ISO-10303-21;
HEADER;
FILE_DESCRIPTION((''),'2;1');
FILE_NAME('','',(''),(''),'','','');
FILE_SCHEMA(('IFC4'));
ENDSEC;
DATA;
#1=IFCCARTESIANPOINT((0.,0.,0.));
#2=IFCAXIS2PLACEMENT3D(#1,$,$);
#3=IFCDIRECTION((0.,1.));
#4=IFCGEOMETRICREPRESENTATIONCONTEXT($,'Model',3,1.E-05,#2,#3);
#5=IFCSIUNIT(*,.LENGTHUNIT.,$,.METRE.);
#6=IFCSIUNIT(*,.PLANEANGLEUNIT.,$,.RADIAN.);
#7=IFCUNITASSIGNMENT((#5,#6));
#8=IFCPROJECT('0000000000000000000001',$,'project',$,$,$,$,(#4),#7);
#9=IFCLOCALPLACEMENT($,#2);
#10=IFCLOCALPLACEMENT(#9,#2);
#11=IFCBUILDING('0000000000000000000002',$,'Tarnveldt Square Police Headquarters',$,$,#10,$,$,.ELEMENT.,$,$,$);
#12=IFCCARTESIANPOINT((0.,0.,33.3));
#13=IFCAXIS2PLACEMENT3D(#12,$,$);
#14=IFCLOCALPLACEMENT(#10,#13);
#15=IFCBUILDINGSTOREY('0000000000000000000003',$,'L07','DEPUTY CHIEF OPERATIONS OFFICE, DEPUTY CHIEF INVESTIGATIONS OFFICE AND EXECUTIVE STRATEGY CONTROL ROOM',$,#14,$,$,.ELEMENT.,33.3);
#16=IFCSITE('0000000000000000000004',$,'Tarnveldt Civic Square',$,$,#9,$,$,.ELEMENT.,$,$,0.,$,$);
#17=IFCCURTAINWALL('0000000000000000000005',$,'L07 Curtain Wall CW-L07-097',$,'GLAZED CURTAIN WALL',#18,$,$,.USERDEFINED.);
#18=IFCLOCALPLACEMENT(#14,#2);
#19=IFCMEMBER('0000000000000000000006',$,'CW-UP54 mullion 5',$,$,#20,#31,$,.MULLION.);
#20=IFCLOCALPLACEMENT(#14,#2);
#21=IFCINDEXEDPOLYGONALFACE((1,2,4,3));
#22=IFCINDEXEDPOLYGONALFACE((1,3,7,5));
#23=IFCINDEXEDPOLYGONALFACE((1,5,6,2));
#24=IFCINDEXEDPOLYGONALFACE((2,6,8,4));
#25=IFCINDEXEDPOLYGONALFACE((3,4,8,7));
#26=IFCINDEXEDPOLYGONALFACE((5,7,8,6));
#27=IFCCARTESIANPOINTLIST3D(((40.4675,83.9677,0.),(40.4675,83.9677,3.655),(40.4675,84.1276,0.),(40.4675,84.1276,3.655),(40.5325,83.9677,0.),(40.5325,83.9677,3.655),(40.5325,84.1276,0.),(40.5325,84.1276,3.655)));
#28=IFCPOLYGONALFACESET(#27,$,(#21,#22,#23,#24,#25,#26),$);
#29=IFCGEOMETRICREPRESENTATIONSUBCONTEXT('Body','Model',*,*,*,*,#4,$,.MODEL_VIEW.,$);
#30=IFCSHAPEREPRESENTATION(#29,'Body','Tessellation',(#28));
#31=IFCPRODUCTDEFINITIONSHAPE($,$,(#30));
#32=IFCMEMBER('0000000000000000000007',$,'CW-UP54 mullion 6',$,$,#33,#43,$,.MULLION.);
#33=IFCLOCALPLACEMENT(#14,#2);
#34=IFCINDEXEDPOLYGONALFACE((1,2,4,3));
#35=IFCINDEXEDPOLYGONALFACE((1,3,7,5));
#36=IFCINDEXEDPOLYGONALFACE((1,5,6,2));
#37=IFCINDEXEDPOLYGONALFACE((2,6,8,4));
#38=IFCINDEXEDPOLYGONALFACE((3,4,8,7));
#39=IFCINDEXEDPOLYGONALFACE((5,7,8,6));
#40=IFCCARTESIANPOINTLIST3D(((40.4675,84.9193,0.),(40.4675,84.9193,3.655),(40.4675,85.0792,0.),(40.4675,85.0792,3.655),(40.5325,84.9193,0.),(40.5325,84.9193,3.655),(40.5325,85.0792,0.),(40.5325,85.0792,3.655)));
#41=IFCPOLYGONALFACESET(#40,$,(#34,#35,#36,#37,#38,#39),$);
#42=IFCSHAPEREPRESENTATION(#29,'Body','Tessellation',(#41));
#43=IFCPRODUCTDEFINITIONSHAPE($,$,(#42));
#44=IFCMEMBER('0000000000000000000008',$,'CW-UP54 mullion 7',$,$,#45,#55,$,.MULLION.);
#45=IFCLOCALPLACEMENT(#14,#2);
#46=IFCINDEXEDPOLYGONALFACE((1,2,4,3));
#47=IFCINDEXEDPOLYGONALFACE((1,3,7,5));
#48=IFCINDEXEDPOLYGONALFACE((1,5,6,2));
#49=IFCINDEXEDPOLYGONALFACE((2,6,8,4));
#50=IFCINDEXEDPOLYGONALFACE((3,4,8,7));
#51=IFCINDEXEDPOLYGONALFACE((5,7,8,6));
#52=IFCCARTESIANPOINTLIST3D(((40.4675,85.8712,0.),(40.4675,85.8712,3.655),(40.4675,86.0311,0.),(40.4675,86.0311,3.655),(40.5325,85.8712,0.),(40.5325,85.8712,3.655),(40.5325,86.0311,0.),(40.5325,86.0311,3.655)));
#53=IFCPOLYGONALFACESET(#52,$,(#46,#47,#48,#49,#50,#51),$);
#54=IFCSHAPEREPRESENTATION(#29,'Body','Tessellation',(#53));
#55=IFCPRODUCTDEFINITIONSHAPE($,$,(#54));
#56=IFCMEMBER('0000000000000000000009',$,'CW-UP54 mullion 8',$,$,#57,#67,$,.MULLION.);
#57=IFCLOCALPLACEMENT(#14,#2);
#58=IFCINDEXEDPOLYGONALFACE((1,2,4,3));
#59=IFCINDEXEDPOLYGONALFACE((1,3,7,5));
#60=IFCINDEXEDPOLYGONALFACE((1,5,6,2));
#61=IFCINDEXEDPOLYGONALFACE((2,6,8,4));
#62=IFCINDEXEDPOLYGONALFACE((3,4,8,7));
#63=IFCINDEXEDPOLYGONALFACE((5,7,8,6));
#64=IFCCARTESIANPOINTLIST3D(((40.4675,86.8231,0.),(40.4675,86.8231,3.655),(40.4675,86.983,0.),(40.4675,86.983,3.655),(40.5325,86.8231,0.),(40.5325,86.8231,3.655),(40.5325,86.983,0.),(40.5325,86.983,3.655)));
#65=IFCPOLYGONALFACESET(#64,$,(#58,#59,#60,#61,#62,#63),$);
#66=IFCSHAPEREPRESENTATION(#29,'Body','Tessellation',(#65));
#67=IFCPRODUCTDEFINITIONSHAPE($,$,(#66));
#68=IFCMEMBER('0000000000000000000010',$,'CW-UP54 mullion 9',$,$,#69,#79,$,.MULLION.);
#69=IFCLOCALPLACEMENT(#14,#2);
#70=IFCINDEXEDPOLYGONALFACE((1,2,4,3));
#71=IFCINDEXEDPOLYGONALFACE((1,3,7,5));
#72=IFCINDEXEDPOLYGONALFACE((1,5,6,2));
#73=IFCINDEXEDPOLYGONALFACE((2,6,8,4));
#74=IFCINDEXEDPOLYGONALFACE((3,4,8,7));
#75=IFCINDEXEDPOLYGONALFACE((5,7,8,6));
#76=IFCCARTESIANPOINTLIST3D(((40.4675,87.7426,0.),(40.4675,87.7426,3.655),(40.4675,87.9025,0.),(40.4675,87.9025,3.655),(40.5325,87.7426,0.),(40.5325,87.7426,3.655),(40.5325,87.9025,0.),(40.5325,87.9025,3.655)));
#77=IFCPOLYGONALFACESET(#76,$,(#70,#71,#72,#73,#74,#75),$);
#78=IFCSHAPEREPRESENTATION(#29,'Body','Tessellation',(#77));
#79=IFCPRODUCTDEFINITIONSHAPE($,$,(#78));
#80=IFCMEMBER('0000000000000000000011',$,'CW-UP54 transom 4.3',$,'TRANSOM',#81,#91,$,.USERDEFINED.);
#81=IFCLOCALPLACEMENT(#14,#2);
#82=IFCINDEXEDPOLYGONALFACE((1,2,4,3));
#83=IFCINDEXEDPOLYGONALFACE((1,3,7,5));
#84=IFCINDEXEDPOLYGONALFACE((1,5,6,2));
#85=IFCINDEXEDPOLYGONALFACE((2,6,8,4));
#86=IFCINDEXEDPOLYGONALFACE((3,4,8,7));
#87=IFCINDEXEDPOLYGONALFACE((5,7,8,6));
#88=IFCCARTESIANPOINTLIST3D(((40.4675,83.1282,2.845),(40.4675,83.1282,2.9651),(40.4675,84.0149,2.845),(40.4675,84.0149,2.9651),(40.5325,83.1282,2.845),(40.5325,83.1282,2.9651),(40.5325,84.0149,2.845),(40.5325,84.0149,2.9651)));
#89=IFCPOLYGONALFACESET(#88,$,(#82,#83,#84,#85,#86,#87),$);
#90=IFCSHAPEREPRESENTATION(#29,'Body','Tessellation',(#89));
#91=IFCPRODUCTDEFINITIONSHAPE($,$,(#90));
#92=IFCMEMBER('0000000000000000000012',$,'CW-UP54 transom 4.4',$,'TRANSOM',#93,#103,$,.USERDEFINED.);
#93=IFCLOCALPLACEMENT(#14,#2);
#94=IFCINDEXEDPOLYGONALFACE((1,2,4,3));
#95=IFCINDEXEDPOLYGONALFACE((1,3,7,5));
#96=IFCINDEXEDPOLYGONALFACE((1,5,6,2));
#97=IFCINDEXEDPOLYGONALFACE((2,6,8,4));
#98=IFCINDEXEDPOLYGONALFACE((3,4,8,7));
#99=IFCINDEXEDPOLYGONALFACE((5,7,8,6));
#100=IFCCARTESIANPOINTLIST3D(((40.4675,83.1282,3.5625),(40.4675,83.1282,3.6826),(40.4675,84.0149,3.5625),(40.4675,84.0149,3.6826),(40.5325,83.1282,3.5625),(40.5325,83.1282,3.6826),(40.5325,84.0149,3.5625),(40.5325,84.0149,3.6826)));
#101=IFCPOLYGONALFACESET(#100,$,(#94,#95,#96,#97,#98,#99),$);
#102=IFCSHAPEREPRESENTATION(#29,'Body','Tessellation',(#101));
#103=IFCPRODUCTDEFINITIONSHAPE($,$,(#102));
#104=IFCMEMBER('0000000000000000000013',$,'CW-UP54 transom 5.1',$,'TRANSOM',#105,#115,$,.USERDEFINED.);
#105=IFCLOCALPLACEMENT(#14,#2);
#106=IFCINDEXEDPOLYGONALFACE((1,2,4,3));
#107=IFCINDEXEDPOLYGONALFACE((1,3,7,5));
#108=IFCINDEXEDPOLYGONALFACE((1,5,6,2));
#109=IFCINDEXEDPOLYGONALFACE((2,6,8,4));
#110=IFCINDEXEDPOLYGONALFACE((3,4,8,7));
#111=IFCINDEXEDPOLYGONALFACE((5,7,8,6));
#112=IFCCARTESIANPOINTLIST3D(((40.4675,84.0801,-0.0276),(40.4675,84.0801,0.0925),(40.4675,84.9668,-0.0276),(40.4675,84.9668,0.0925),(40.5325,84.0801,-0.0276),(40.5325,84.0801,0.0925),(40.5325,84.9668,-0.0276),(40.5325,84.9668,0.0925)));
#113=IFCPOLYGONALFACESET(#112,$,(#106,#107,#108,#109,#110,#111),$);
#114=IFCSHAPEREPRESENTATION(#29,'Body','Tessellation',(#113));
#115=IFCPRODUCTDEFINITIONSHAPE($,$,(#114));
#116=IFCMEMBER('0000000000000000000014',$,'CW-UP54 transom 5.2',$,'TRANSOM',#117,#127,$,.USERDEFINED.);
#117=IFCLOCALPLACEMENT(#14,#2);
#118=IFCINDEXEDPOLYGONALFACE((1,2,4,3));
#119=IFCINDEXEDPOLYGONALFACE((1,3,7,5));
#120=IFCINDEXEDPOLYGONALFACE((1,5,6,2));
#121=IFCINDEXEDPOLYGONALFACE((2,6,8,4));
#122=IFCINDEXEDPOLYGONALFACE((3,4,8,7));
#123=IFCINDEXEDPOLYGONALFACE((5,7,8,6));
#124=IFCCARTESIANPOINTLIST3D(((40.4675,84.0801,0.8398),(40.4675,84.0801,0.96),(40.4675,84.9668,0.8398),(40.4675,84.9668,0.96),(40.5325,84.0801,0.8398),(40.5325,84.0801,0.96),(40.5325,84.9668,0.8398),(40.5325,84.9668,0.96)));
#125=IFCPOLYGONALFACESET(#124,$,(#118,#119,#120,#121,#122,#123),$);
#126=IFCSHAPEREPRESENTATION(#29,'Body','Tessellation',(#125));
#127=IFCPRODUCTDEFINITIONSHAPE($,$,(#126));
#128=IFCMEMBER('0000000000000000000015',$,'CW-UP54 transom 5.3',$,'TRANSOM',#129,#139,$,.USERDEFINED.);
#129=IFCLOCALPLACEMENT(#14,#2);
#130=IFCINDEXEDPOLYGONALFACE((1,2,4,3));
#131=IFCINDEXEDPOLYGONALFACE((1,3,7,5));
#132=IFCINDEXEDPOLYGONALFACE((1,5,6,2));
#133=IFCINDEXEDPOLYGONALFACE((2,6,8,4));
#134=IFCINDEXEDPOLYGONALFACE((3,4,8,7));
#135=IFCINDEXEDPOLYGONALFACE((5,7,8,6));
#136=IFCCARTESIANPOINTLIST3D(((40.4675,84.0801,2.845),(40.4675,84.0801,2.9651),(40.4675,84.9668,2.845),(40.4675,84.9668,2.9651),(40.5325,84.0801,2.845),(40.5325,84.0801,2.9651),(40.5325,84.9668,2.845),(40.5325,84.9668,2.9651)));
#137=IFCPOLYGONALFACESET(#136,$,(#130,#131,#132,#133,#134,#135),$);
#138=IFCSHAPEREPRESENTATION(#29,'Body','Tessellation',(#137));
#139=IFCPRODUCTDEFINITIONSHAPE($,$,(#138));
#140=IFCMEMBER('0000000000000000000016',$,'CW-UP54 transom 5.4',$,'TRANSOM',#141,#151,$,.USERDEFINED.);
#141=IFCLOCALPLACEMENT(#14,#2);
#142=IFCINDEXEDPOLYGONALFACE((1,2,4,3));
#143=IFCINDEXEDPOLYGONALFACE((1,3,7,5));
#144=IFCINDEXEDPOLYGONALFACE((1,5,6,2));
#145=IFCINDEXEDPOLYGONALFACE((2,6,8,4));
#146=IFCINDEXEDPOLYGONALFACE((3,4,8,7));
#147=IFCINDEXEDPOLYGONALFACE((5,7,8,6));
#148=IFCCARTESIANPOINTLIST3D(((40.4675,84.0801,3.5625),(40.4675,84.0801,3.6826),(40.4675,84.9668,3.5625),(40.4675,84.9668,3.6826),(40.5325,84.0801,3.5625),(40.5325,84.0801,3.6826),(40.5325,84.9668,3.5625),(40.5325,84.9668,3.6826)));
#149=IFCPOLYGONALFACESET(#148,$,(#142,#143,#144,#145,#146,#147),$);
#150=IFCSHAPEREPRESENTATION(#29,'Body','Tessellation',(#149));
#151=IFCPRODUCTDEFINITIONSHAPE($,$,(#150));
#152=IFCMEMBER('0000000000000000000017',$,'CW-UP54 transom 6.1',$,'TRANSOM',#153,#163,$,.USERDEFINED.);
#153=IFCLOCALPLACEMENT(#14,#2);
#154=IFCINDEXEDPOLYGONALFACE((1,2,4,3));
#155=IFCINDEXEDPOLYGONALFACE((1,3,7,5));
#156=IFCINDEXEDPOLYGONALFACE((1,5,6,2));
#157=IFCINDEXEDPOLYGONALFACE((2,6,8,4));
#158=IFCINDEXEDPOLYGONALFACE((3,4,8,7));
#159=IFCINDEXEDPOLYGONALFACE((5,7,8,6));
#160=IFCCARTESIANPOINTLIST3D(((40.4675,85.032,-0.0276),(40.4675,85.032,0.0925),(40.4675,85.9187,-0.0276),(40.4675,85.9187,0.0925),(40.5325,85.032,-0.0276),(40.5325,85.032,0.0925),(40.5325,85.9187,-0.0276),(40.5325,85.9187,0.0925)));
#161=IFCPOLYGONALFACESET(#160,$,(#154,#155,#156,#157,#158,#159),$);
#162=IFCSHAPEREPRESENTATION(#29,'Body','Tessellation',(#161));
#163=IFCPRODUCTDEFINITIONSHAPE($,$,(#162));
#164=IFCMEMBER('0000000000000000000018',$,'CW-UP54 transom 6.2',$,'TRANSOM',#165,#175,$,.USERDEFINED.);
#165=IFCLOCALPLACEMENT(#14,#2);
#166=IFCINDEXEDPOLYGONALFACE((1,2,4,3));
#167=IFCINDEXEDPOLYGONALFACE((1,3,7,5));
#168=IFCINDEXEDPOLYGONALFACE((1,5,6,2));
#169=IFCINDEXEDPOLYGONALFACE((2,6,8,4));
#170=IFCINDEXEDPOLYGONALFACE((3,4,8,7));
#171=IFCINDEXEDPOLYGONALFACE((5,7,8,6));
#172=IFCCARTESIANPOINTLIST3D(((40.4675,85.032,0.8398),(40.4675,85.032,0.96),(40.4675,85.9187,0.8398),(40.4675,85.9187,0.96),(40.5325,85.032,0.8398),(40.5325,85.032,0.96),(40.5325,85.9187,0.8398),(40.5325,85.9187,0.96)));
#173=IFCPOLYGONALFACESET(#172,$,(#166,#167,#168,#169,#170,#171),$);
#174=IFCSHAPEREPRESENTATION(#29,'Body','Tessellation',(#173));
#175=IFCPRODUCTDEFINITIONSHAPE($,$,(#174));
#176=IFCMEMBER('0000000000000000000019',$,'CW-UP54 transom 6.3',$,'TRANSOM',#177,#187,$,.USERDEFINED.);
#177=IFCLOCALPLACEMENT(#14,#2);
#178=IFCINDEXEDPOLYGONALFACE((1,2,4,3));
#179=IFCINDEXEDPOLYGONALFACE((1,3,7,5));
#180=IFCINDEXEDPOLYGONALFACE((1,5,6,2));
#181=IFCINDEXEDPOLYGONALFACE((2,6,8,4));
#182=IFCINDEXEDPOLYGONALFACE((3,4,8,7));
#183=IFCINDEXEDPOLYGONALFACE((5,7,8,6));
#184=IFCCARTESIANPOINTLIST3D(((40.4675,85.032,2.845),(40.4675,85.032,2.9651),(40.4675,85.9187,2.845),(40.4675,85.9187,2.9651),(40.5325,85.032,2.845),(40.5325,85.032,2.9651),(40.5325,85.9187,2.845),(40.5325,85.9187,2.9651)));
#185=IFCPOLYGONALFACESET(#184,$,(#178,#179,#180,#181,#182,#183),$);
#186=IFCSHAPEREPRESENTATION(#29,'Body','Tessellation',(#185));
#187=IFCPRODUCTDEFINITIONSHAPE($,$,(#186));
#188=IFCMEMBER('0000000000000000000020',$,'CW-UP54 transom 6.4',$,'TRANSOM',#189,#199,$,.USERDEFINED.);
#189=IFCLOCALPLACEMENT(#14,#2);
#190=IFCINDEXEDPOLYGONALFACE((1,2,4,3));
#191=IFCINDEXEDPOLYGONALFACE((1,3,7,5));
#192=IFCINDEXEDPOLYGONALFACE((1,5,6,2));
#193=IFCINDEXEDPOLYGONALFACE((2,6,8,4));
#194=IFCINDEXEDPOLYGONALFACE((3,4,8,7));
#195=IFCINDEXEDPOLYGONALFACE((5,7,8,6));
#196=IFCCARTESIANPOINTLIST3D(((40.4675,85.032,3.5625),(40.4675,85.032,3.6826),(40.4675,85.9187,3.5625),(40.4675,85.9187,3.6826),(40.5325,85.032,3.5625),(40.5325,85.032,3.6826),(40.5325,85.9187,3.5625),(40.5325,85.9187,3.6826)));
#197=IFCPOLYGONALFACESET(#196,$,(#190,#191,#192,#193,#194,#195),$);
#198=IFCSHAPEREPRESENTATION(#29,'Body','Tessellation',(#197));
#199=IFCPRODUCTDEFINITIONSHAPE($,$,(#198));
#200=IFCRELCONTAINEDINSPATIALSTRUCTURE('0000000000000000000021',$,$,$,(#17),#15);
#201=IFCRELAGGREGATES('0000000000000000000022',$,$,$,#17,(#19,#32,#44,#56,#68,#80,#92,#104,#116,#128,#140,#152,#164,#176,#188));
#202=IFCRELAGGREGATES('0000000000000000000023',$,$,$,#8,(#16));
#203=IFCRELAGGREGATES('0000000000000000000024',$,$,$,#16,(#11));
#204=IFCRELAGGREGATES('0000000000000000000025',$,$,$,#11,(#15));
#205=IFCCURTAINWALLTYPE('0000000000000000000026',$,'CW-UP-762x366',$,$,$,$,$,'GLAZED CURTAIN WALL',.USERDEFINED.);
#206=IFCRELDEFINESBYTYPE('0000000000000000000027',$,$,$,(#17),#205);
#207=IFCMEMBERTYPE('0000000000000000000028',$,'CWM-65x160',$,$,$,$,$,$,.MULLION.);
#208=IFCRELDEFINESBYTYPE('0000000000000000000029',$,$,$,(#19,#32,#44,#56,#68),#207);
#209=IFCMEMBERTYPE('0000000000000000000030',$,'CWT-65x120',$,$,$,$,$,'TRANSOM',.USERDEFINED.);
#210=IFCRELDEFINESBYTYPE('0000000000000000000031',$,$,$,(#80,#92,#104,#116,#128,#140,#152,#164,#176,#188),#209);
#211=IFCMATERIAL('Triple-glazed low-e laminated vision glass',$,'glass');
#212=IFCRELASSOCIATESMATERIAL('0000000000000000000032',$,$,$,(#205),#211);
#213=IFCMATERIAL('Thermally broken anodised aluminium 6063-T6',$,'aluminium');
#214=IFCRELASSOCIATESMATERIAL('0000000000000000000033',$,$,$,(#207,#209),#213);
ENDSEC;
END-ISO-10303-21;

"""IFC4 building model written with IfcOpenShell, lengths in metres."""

from ifc_helpers import new_model, si_unit, direction, frame, origin, origin_2d, place, context, subcontext, project, spatial, rectangle, extrude, material, material_profile, profile_set, type_object, element, aggregate, save


model = new_model("IFC4")

# Units and contexts
model_context = context("Model", 3, precision=1e-05, world=origin(), true_north=direction((0.0, 1.0)))
body_context = subcontext(model_context, "Body", "Model", "MODEL_VIEW")
ifc_project = project(units=[si_unit("LENGTHUNIT", "METRE"), si_unit("PLANEANGLEUNIT", "RADIAN")], contexts=[model_context])

# Site, building, storey
site_placement = place(None, origin())
site = spatial("IfcSite", under=ifc_project, at=site_placement, Name="Tarnveldt Civic Square", CompositionType="ELEMENT", RefElevation=0.0)
building_placement = place(site_placement, origin())
building = spatial("IfcBuilding", under=site, at=building_placement, Name="Tarnveldt Square Police Headquarters", CompositionType="ELEMENT")
storey_placement = place(building_placement, frame((0.0, 0.0, 33.3)))
storey = spatial("IfcBuildingStorey", under=building, at=storey_placement, Name="L07", Description="DEPUTY CHIEF OPERATIONS OFFICE, DEPUTY CHIEF INVESTIGATIONS OFFICE AND EXECUTIVE STRATEGY CONTROL ROOM", CompositionType="ELEMENT", Elevation=33.3)

# Curtain wall, members
ifc_material_1 = material(Name="Triple-glazed low-e laminated vision glass", Category="glass")
curtain_wall_type = type_object("IfcCurtainWallType", Name="CW-UP-762x366", ElementType="GLAZED CURTAIN WALL", PredefinedType="USERDEFINED", material=ifc_material_1)
curtain_wall_placement = place(storey_placement, origin())
curtain_wall = element("IfcCurtainWall", 1, at=curtain_wall_placement, inside=storey, type_object=curtain_wall_type, Name="L07 Curtain Wall CW-L07-097", ObjectType="GLAZED CURTAIN WALL", PredefinedType="USERDEFINED")
ifc_material_2 = material(Name="Thermally broken anodised aluminium 6063-T6", Category="aluminium")
ifc_material_profile_1 = material_profile(ifc_material_2, rectangle(XDim=0.0649, YDim=0.1599, at=origin_2d()), Name="CW-M65x160")
ifc_profile_set_1 = profile_set([ifc_material_profile_1], Name="Thermally broken anodised aluminium 6063-T6")
member_type_1 = type_object("IfcMemberType", Name="CWM-65x160", PredefinedType="MULLION", material=ifc_profile_set_1)
member_1_placement = place(storey_placement, frame((40.5, 84.0476, 0.0), z_axis=(0.0, 0.0, 1.0), x_axis=(-1.0, 0.0, 0.0)))
member_1 = element("IfcMember", 2, at=member_1_placement, type_object=member_type_1, Name="CW-UP54 mullion 5", PredefinedType="MULLION", context=body_context, shape_type="SweptSolid", body=[
    extrude(rectangle(XDim=0.0649, YDim=0.1599, at=origin_2d()), origin(), (0.0, 0.0, 1.0), 3.655),
])
member_2_placement = place(storey_placement, frame((40.5, 84.9993, 0.0), z_axis=(0.0, 0.0, 1.0), x_axis=(-1.0, 0.0, 0.0)))
member_2 = element("IfcMember", 3, at=member_2_placement, type_object=member_type_1, Name="CW-UP54 mullion 6", PredefinedType="MULLION", context=body_context, shape_type="SweptSolid", body=[
    extrude(rectangle(XDim=0.0649, YDim=0.1599, at=origin_2d()), origin(), (0.0, 0.0, 1.0), 3.655),
])
member_3_placement = place(storey_placement, frame((40.5, 85.9512, 0.0), z_axis=(0.0, 0.0, 1.0), x_axis=(-1.0, 0.0, 0.0)))
member_3 = element("IfcMember", 4, at=member_3_placement, type_object=member_type_1, Name="CW-UP54 mullion 7", PredefinedType="MULLION", context=body_context, shape_type="SweptSolid", body=[
    extrude(rectangle(XDim=0.0649, YDim=0.1599, at=origin_2d()), origin(), (0.0, 0.0, 1.0), 3.655),
])
member_4_placement = place(storey_placement, frame((40.5, 86.9031, 0.0), z_axis=(0.0, 0.0, 1.0), x_axis=(-1.0, 0.0, 0.0)))
member_4 = element("IfcMember", 5, at=member_4_placement, type_object=member_type_1, Name="CW-UP54 mullion 8", PredefinedType="MULLION", context=body_context, shape_type="SweptSolid", body=[
    extrude(rectangle(XDim=0.0649, YDim=0.1599, at=origin_2d()), origin(), (0.0, 0.0, 1.0), 3.655),
])
member_5_placement = place(storey_placement, frame((40.5, 87.8225, 0.0), z_axis=(0.0, 0.0, 1.0), x_axis=(-1.0, 0.0, 0.0)))
member_5 = element("IfcMember", 6, at=member_5_placement, type_object=member_type_1, Name="CW-UP54 mullion 9", PredefinedType="MULLION", context=body_context, shape_type="SweptSolid", body=[
    extrude(rectangle(XDim=0.0649, YDim=0.1599, at=origin_2d()), origin(), (0.0, 0.0, 1.0), 3.655),
])
ifc_material_profile_2 = material_profile(ifc_material_2, rectangle(XDim=0.0649, YDim=0.1201, at=origin_2d()), Name="CW-T65x120")
ifc_profile_set_2 = profile_set([ifc_material_profile_2], Name="Thermally broken anodised aluminium 6063-T6")
member_type_2 = type_object("IfcMemberType", Name="CWT-65x120", ElementType="TRANSOM", PredefinedType="USERDEFINED", material=ifc_profile_set_2)
member_6_placement = place(storey_placement, frame((40.5, 83.1282, 2.905), z_axis=(0.0, 1.0, 0.0), x_axis=(-1.0, 0.0, 0.0)))
member_6 = element("IfcMember", 7, at=member_6_placement, type_object=member_type_2, Name="CW-UP54 transom 4.3", ObjectType="TRANSOM", PredefinedType="USERDEFINED", context=body_context, shape_type="SweptSolid", body=[
    extrude(rectangle(XDim=0.0649, YDim=0.1201, at=origin_2d()), origin(), (0.0, 0.0, 1.0), 0.8867),
])
member_7_placement = place(storey_placement, frame((40.5, 83.1282, 3.6226), z_axis=(0.0, 1.0, 0.0), x_axis=(-1.0, 0.0, 0.0)))
member_7 = element("IfcMember", 8, at=member_7_placement, type_object=member_type_2, Name="CW-UP54 transom 4.4", ObjectType="TRANSOM", PredefinedType="USERDEFINED", context=body_context, shape_type="SweptSolid", body=[
    extrude(rectangle(XDim=0.0649, YDim=0.1201, at=origin_2d()), origin(), (0.0, 0.0, 1.0), 0.8867),
])
member_8_placement = place(storey_placement, frame((40.5, 84.0801, 0.0325), z_axis=(0.0, 1.0, 0.0), x_axis=(-1.0, 0.0, 0.0)))
member_8 = element("IfcMember", 9, at=member_8_placement, type_object=member_type_2, Name="CW-UP54 transom 5.1", ObjectType="TRANSOM", PredefinedType="USERDEFINED", context=body_context, shape_type="SweptSolid", body=[
    extrude(rectangle(XDim=0.0649, YDim=0.1201, at=origin_2d()), origin(), (0.0, 0.0, 1.0), 0.8867),
])
member_9_placement = place(storey_placement, frame((40.5, 84.0801, 0.8999), z_axis=(0.0, 1.0, 0.0), x_axis=(-1.0, 0.0, 0.0)))
member_9 = element("IfcMember", 10, at=member_9_placement, type_object=member_type_2, Name="CW-UP54 transom 5.2", ObjectType="TRANSOM", PredefinedType="USERDEFINED", context=body_context, shape_type="SweptSolid", body=[
    extrude(rectangle(XDim=0.0649, YDim=0.1201, at=origin_2d()), origin(), (0.0, 0.0, 1.0), 0.8867),
])
member_10_placement = place(storey_placement, frame((40.5, 84.0801, 2.905), z_axis=(0.0, 1.0, 0.0), x_axis=(-1.0, 0.0, 0.0)))
member_10 = element("IfcMember", 11, at=member_10_placement, type_object=member_type_2, Name="CW-UP54 transom 5.3", ObjectType="TRANSOM", PredefinedType="USERDEFINED", context=body_context, shape_type="SweptSolid", body=[
    extrude(rectangle(XDim=0.0649, YDim=0.1201, at=origin_2d()), origin(), (0.0, 0.0, 1.0), 0.8867),
])
member_11_placement = place(storey_placement, frame((40.5, 84.0801, 3.6226), z_axis=(0.0, 1.0, 0.0), x_axis=(-1.0, 0.0, 0.0)))
member_11 = element("IfcMember", 12, at=member_11_placement, type_object=member_type_2, Name="CW-UP54 transom 5.4", ObjectType="TRANSOM", PredefinedType="USERDEFINED", context=body_context, shape_type="SweptSolid", body=[
    extrude(rectangle(XDim=0.0649, YDim=0.1201, at=origin_2d()), origin(), (0.0, 0.0, 1.0), 0.8867),
])
member_12_placement = place(storey_placement, frame((40.5, 85.032, 0.0325), z_axis=(0.0, 1.0, 0.0), x_axis=(-1.0, 0.0, 0.0)))
member_12 = element("IfcMember", 13, at=member_12_placement, type_object=member_type_2, Name="CW-UP54 transom 6.1", ObjectType="TRANSOM", PredefinedType="USERDEFINED", context=body_context, shape_type="SweptSolid", body=[
    extrude(rectangle(XDim=0.0649, YDim=0.1201, at=origin_2d()), origin(), (0.0, 0.0, 1.0), 0.8867),
])
member_13_placement = place(storey_placement, frame((40.5, 85.032, 0.8999), z_axis=(0.0, 1.0, 0.0), x_axis=(-1.0, 0.0, 0.0)))
member_13 = element("IfcMember", 14, at=member_13_placement, type_object=member_type_2, Name="CW-UP54 transom 6.2", ObjectType="TRANSOM", PredefinedType="USERDEFINED", context=body_context, shape_type="SweptSolid", body=[
    extrude(rectangle(XDim=0.0649, YDim=0.1201, at=origin_2d()), origin(), (0.0, 0.0, 1.0), 0.8867),
])
member_14_placement = place(storey_placement, frame((40.5, 85.032, 2.905), z_axis=(0.0, 1.0, 0.0), x_axis=(-1.0, 0.0, 0.0)))
member_14 = element("IfcMember", 15, at=member_14_placement, type_object=member_type_2, Name="CW-UP54 transom 6.3", ObjectType="TRANSOM", PredefinedType="USERDEFINED", context=body_context, shape_type="SweptSolid", body=[
    extrude(rectangle(XDim=0.0649, YDim=0.1201, at=origin_2d()), origin(), (0.0, 0.0, 1.0), 0.8867),
])
member_15_placement = place(storey_placement, frame((40.5, 85.032, 3.6226), z_axis=(0.0, 1.0, 0.0), x_axis=(-1.0, 0.0, 0.0)))
member_15 = element("IfcMember", 16, at=member_15_placement, type_object=member_type_2, Name="CW-UP54 transom 6.4", ObjectType="TRANSOM", PredefinedType="USERDEFINED", context=body_context, shape_type="SweptSolid", body=[
    extrude(rectangle(XDim=0.0649, YDim=0.1201, at=origin_2d()), origin(), (0.0, 0.0, 1.0), 0.8867),
])
aggregate(curtain_wall, [member_1, member_2, member_3, member_4, member_5, member_6, member_7, member_8, member_9, member_10, member_11, member_12, member_13, member_14, member_15])

save(model, "model.ifc")
